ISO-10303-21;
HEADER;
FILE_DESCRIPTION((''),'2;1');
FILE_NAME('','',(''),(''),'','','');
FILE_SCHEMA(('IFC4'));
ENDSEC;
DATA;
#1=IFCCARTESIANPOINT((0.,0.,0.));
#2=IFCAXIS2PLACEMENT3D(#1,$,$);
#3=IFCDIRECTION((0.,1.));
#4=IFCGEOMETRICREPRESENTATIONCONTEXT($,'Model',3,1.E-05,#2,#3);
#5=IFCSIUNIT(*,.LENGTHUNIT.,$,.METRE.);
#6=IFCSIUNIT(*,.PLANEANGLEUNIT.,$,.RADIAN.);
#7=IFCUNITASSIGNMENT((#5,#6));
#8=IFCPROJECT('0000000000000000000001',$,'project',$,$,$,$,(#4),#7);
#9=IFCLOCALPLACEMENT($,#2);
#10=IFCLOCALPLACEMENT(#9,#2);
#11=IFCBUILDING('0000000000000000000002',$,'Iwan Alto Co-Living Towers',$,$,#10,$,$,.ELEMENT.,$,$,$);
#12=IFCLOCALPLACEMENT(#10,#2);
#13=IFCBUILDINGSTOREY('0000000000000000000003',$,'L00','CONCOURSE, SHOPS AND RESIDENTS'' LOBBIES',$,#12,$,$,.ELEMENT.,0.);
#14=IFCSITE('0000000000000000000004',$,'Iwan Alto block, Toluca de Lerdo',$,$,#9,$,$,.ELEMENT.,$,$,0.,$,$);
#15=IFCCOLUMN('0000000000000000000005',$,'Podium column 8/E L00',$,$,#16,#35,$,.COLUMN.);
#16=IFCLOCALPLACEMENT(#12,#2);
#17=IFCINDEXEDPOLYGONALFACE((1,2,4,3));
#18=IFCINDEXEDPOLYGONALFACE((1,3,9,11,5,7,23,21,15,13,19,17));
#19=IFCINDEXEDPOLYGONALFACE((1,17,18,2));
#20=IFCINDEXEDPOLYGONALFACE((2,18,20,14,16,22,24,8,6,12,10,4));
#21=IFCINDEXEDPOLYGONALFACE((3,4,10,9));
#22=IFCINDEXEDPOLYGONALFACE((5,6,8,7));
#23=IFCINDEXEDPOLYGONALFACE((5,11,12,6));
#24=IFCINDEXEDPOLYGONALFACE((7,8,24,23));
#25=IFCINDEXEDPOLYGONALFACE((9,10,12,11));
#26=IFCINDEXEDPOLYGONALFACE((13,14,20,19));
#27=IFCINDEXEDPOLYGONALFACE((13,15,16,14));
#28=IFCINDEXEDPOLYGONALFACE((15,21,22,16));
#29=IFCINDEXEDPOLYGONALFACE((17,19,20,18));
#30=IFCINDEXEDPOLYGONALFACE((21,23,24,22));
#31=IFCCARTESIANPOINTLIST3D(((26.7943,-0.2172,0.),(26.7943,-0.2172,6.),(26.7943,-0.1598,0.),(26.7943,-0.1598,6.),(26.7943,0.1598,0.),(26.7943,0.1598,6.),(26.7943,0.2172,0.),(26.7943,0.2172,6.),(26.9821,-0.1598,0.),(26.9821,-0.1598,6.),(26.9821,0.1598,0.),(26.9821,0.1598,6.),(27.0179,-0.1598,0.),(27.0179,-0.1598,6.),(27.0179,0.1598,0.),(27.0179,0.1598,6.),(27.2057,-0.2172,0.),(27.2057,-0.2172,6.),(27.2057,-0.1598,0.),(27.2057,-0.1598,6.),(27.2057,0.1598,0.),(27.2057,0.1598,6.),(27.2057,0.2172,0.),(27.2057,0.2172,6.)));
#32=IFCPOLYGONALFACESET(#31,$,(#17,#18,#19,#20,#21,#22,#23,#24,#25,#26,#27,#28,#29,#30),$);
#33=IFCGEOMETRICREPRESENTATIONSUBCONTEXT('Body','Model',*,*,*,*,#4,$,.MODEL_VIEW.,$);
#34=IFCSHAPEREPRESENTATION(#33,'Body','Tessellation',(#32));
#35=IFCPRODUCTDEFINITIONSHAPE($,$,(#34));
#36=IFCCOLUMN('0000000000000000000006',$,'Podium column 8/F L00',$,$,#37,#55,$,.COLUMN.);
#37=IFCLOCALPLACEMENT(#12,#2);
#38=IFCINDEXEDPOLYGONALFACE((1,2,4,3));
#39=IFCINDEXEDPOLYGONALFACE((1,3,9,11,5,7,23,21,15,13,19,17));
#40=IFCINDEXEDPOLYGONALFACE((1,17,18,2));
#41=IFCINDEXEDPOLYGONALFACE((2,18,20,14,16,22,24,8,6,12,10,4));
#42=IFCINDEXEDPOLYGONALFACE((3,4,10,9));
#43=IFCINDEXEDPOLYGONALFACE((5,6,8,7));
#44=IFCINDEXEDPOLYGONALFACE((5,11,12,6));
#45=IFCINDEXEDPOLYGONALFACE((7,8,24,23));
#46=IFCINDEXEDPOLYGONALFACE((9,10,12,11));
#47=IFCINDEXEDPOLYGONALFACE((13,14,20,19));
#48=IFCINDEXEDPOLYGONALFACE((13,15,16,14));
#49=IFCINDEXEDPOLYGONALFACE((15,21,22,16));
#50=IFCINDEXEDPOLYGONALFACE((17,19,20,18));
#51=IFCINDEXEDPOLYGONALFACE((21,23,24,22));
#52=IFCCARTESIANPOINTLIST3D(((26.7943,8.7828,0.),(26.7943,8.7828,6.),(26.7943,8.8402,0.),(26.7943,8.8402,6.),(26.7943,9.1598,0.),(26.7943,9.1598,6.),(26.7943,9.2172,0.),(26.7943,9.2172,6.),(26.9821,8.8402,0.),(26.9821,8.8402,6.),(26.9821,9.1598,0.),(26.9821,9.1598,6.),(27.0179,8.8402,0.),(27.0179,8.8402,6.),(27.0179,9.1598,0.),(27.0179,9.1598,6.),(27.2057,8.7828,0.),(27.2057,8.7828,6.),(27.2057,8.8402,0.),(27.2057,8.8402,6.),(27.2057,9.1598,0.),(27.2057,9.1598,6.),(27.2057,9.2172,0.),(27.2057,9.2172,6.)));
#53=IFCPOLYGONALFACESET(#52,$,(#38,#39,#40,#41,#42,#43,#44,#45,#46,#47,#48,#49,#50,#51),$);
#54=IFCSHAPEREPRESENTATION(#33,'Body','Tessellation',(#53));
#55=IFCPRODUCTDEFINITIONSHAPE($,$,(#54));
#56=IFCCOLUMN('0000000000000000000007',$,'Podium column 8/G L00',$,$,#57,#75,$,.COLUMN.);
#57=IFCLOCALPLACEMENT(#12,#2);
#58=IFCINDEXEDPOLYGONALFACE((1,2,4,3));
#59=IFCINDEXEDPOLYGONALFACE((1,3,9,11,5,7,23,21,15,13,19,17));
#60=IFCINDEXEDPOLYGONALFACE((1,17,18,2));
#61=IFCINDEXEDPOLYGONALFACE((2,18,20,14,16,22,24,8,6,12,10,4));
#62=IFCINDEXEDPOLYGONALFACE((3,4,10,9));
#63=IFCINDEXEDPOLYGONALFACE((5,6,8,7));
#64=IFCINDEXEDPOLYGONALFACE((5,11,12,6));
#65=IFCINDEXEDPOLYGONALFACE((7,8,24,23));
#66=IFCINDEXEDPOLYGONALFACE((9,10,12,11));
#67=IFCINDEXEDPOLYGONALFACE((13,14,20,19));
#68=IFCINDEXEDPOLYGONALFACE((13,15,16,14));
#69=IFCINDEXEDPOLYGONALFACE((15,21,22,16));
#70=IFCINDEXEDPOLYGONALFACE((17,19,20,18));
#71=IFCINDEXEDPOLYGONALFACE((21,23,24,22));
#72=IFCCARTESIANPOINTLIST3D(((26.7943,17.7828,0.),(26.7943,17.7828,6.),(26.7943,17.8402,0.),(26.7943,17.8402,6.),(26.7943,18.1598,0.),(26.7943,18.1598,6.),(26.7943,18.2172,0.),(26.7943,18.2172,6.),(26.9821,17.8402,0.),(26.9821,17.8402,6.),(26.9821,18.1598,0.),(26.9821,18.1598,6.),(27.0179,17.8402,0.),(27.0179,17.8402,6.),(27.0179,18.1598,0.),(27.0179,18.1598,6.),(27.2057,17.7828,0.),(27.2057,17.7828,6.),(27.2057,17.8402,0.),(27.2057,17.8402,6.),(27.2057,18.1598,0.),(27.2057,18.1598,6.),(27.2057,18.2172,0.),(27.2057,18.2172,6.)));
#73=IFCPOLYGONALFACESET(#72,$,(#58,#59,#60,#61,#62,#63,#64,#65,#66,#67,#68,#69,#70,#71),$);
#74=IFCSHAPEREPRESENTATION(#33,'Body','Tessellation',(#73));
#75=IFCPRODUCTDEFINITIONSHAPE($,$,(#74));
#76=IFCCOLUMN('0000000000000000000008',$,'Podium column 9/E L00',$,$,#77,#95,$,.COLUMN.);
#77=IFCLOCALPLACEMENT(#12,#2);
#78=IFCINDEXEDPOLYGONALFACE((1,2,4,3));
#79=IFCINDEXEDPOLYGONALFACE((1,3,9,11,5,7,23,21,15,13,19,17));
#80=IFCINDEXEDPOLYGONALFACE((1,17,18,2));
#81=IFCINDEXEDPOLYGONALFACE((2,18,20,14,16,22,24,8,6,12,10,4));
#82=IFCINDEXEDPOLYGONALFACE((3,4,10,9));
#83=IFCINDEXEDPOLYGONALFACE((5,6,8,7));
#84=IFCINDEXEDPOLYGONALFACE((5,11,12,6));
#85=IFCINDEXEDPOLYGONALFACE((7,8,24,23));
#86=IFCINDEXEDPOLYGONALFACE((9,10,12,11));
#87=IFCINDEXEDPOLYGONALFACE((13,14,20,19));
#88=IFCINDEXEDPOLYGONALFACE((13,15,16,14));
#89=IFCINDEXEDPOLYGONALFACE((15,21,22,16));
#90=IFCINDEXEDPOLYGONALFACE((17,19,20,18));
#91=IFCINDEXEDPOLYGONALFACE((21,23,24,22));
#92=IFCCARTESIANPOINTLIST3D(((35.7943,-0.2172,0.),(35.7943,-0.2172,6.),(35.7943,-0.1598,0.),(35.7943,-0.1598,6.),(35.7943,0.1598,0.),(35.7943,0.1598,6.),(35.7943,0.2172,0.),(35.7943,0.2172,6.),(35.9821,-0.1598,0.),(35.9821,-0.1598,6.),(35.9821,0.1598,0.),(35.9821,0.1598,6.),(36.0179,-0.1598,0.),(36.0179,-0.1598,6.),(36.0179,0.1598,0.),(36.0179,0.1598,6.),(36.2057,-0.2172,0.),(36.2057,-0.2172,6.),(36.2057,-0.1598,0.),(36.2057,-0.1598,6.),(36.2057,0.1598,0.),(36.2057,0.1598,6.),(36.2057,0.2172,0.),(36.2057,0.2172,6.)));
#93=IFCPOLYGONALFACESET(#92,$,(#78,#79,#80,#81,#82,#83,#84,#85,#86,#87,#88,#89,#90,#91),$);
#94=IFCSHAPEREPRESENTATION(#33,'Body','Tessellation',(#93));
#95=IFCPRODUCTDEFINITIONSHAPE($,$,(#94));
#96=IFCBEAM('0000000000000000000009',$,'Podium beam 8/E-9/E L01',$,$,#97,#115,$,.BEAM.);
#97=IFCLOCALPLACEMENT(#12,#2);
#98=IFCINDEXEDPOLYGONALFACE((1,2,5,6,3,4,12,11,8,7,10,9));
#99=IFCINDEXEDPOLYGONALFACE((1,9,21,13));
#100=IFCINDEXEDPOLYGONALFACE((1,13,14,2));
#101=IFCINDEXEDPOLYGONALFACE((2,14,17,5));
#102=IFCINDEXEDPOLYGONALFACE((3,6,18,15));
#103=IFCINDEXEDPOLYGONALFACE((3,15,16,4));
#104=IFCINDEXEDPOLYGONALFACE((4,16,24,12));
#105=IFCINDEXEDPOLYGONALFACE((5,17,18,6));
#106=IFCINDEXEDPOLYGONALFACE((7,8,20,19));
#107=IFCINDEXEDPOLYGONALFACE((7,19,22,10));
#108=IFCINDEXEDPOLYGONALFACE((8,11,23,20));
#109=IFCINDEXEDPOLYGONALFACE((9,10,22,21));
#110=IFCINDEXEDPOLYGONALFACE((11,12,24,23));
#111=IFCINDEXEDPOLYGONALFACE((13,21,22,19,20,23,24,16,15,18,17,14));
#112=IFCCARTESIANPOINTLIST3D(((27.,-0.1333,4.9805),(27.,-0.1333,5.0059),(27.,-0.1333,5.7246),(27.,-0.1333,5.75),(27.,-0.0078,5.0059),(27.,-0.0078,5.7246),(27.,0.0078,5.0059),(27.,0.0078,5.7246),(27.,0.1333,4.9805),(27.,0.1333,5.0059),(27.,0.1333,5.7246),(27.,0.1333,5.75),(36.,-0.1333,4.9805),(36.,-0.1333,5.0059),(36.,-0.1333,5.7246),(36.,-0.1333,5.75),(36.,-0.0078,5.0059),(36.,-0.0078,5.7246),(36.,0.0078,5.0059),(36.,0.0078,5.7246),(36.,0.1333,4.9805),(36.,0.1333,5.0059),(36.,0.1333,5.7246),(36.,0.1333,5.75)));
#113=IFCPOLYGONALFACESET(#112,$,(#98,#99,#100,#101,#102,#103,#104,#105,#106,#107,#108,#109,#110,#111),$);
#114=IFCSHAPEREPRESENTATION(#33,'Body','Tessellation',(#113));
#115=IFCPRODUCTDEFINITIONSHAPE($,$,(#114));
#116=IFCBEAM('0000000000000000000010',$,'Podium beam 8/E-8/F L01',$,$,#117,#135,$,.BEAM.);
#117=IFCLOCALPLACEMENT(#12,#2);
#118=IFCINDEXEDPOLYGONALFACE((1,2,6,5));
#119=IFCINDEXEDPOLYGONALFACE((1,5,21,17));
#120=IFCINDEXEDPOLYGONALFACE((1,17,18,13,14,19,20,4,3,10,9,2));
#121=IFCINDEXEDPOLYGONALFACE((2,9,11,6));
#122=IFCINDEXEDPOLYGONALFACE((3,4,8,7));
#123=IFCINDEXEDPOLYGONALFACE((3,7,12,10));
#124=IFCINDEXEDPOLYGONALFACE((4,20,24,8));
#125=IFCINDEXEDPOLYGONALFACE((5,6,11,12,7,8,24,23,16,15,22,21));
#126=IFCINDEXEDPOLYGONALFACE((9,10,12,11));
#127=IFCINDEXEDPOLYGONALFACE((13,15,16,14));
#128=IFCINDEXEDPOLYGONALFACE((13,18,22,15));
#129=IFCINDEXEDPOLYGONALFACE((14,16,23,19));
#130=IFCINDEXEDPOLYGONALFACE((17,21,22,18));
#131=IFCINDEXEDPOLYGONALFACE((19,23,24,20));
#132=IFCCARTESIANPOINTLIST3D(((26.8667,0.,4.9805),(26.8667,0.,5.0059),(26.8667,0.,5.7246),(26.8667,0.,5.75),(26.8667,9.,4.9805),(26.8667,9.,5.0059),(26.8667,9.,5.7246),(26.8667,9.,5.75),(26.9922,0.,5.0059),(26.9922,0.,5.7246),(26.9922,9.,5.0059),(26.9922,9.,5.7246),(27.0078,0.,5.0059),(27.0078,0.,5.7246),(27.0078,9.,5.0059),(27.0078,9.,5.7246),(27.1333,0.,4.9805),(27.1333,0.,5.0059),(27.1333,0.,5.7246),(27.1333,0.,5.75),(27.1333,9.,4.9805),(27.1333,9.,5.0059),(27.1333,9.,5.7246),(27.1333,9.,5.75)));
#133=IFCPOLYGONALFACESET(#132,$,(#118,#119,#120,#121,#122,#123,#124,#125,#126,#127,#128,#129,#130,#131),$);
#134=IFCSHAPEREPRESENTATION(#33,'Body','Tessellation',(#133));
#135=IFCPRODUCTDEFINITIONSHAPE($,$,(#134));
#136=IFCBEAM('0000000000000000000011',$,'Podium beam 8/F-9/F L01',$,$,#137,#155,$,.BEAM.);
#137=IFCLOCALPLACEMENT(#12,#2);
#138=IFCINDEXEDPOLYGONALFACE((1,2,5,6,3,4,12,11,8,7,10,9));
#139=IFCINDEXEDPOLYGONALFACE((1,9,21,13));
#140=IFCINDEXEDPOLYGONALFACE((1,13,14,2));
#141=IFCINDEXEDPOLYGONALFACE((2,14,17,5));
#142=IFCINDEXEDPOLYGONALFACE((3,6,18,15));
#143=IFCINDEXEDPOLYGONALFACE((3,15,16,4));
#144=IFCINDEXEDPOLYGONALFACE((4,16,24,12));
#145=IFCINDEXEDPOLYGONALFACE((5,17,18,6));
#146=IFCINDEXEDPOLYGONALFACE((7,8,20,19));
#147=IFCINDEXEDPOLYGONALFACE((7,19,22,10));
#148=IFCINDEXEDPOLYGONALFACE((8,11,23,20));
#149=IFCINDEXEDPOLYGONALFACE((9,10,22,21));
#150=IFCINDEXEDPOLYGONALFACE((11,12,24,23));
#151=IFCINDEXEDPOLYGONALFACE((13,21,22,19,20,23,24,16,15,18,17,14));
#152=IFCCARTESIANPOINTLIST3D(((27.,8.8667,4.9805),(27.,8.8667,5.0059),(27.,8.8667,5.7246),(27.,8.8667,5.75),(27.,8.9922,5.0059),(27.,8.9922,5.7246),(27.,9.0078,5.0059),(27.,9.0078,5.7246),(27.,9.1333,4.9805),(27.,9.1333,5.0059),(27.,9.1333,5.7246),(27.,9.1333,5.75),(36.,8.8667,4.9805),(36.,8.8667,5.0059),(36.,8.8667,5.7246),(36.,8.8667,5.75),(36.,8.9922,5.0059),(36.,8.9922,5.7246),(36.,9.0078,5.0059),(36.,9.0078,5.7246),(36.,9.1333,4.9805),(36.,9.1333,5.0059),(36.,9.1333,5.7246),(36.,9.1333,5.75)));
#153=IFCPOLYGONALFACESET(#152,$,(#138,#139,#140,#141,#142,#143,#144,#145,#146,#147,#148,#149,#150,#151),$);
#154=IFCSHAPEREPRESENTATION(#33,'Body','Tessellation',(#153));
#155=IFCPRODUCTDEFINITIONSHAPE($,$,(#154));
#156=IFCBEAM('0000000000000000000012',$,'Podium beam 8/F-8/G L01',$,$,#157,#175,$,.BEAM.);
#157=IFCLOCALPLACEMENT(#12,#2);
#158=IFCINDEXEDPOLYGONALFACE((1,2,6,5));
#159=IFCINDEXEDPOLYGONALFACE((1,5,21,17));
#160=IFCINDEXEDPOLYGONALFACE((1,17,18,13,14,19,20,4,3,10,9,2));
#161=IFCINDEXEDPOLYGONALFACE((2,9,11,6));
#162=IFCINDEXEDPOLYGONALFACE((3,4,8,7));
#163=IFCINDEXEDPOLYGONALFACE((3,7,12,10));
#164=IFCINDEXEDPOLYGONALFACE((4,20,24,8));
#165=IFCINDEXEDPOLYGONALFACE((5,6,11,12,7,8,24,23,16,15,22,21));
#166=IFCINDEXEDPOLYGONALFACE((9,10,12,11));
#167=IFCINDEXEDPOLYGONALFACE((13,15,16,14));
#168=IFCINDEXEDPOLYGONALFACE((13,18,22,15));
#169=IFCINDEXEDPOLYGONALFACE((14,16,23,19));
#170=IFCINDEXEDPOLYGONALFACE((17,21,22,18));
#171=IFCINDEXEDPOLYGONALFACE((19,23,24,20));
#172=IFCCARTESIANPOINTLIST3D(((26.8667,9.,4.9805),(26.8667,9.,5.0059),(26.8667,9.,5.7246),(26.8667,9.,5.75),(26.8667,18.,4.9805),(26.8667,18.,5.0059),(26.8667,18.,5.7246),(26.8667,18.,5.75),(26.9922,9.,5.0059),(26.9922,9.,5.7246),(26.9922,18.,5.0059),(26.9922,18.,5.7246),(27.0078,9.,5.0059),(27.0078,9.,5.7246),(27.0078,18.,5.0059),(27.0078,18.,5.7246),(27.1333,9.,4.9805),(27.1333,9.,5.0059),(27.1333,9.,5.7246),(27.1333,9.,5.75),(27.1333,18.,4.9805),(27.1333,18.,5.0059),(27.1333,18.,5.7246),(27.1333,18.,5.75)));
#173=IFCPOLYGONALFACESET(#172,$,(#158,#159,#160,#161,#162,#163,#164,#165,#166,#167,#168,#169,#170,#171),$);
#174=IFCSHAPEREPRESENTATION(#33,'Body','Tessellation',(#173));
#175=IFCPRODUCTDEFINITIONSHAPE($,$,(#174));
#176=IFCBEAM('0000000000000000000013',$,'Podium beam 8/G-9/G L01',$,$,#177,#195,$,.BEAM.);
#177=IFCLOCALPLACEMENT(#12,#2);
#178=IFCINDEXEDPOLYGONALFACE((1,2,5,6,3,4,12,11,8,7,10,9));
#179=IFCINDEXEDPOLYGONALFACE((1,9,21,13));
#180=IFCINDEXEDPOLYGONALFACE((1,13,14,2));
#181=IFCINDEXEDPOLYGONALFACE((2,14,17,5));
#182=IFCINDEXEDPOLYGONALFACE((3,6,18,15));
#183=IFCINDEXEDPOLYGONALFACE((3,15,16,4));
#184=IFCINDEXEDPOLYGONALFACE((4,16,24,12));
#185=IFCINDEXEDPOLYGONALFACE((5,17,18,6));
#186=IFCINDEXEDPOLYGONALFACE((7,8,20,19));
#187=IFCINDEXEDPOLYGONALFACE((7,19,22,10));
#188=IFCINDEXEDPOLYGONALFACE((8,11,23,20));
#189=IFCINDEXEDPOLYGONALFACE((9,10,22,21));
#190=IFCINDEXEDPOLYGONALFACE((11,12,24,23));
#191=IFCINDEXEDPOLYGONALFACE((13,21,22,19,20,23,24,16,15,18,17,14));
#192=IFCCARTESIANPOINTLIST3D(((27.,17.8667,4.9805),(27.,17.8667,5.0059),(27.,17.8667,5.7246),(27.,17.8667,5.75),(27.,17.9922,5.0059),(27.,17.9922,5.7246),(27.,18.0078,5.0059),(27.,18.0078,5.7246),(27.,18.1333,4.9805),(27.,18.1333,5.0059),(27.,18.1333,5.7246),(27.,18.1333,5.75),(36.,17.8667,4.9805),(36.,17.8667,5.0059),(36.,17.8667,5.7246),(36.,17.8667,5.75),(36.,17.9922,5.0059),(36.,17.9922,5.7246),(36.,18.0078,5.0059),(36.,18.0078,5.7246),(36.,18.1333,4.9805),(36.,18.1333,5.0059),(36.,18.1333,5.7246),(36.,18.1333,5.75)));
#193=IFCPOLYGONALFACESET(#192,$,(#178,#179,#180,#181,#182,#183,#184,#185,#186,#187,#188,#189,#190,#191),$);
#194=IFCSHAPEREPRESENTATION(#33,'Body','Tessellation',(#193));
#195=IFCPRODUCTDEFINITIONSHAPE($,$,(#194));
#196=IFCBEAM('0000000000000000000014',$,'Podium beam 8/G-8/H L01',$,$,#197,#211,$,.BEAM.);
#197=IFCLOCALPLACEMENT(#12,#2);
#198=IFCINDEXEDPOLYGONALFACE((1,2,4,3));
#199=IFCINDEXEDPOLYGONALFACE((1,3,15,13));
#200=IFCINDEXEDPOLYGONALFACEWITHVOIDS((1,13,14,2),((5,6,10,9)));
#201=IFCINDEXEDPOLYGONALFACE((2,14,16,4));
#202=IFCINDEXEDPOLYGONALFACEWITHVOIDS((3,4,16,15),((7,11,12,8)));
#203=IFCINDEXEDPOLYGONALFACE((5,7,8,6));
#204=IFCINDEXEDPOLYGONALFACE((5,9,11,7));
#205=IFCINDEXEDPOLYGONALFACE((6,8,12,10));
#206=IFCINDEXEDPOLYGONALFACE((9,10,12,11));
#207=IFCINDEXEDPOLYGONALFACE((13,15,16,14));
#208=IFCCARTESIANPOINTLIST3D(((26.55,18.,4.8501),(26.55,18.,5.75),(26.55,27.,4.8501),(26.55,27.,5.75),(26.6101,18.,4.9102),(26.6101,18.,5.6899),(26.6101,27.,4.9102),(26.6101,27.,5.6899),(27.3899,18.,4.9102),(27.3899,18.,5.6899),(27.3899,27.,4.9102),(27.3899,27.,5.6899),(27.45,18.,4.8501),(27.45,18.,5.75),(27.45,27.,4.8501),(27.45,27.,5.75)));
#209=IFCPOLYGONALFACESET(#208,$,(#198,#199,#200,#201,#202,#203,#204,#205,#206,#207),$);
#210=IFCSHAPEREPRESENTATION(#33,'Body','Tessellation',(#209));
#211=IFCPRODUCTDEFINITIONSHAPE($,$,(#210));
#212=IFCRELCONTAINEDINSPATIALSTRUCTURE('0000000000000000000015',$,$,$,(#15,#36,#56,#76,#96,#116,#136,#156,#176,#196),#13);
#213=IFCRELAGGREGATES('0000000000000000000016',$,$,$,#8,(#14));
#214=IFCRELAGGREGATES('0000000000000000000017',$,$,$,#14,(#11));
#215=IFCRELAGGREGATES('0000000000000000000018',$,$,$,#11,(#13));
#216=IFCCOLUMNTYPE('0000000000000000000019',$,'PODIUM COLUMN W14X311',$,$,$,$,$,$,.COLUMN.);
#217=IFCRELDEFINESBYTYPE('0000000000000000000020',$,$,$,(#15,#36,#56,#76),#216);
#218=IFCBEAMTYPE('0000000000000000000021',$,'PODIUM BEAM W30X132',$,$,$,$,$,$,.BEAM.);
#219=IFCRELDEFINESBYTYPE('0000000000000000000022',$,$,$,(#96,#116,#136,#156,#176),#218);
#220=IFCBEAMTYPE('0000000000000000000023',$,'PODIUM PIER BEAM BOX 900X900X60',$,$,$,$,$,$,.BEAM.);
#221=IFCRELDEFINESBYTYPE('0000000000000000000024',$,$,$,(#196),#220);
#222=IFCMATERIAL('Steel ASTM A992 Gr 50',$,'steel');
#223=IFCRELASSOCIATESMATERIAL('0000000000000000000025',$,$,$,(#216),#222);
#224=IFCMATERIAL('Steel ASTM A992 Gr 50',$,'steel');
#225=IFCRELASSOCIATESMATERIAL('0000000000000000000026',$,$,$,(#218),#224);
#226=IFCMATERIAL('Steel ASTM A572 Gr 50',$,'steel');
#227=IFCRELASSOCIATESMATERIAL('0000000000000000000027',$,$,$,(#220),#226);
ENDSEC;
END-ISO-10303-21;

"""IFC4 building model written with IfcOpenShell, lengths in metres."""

from ifc_helpers import new_model, si_unit, direction, frame, origin, origin_2d, place, context, subcontext, project, spatial, hollow_rectangle, i_section, extrude, material, material_profile, profile_set, type_object, element, save


model = new_model("IFC4")

# Units and contexts
model_context = context("Model", 3, precision=1e-05, world=origin(), true_north=direction((0.0, 1.0)))
body_context = subcontext(model_context, "Body", "Model", "MODEL_VIEW")
ifc_project = project(units=[si_unit("LENGTHUNIT", "METRE"), si_unit("PLANEANGLEUNIT", "RADIAN")], contexts=[model_context])

# Site, building, storey
site_placement = place(None, origin())
site = spatial("IfcSite", under=ifc_project, at=site_placement, Name="Iwan Alto block, Toluca de Lerdo", CompositionType="ELEMENT", RefElevation=0.0)
building_placement = place(site_placement, origin())
building = spatial("IfcBuilding", under=site, at=building_placement, Name="Iwan Alto Co-Living Towers", CompositionType="ELEMENT")
storey_placement = place(building_placement, origin())
storey = spatial("IfcBuildingStorey", under=building, at=storey_placement, Name="L00", Description="CONCOURSE, SHOPS AND RESIDENTS' LOBBIES", CompositionType="ELEMENT", Elevation=0.0)

# Columns
ifc_material_1 = material(Name="Steel ASTM A992 Gr 50", Category="steel")
ifc_material_profile_1 = material_profile(ifc_material_1, i_section(OverallWidth=0.4114, OverallDepth=0.4343, WebThickness=0.0359, FlangeThickness=0.0574, at=origin_2d()), Name="W14X311")
ifc_profile_set_1 = profile_set([ifc_material_profile_1], Name="Steel ASTM A992 Gr 50")
column_type = type_object("IfcColumnType", Name="PODIUM COLUMN W14X311", PredefinedType="COLUMN", material=ifc_profile_set_1)
for number, where, z_axis, x_axis, name in (
    (1, (27.0, 0.0, 0.0), (0.0, 0.0, 1.0), (1.0, 0.0, 0.0), "Podium column 8/E L00"),
    (2, (27.0, 9.0, 0.0), (0.0, 0.0, 1.0), (1.0, 0.0, 0.0), "Podium column 8/F L00"),
    (3, (27.0, 18.0, 0.0), (0.0, 0.0, 1.0), (1.0, 0.0, 0.0), "Podium column 8/G L00"),
    (4, (36.0, 0.0, 0.0), (0.0, 0.0, 1.0), (1.0, 0.0, 0.0), "Podium column 9/E L00"),
):
    element("IfcColumn", number, at=place(storey_placement, frame(where, z_axis=z_axis, x_axis=x_axis)), inside=storey, type_object=column_type, Name=name, PredefinedType="COLUMN", context=body_context, shape_type="SweptSolid", body=[
        extrude(i_section(OverallWidth=0.4114, OverallDepth=0.4343, WebThickness=0.0359, FlangeThickness=0.0574, at=origin_2d()), origin(), (0.0, 0.0, 1.0), 6.0),
    ])

# Beams
ifc_material_2 = material(Name="Steel ASTM A992 Gr 50", Category="steel")
ifc_material_profile_2 = material_profile(ifc_material_2, i_section(OverallWidth=0.2666, OverallDepth=0.7695, WebThickness=0.0156, FlangeThickness=0.0254, at=origin_2d()), Name="W30X132")
ifc_profile_set_2 = profile_set([ifc_material_profile_2], Name="Steel ASTM A992 Gr 50")
beam_type_1 = type_object("IfcBeamType", Name="PODIUM BEAM W30X132", PredefinedType="BEAM", material=ifc_profile_set_2)
for number, where, z_axis, x_axis, name in (
    (5, (27.0, 0.0, 5.3652), (1.0, 0.0, 0.0), (0.0, 1.0, 0.0), "Podium beam 8/E-9/E L01"),
    (6, (27.0, 0.0, 5.3652), (0.0, 1.0, 0.0), (-1.0, 0.0, 0.0), "Podium beam 8/E-8/F L01"),
    (7, (27.0, 9.0, 5.3652), (1.0, 0.0, 0.0), (0.0, 1.0, 0.0), "Podium beam 8/F-9/F L01"),
    (8, (27.0, 9.0, 5.3652), (0.0, 1.0, 0.0), (-1.0, 0.0, 0.0), "Podium beam 8/F-8/G L01"),
    (9, (27.0, 18.0, 5.3652), (1.0, 0.0, 0.0), (0.0, 1.0, 0.0), "Podium beam 8/G-9/G L01"),
):
    element("IfcBeam", number, at=place(storey_placement, frame(where, z_axis=z_axis, x_axis=x_axis)), inside=storey, type_object=beam_type_1, Name=name, PredefinedType="BEAM", context=body_context, shape_type="SweptSolid", body=[
        extrude(i_section(OverallWidth=0.2666, OverallDepth=0.7695, WebThickness=0.0156, FlangeThickness=0.0254, at=origin_2d()), origin(), (0.0, 0.0, 1.0), 9.0),
    ])
ifc_material_3 = material(Name="Steel ASTM A572 Gr 50", Category="steel")
ifc_material_profile_3 = material_profile(ifc_material_3, hollow_rectangle(XDim=0.8999, YDim=0.8999, WallThickness=0.0601, at=origin_2d()), Name="BOX 900X900X60")
ifc_profile_set_3 = profile_set([ifc_material_profile_3], Name="Steel ASTM A572 Gr 50")
beam_type_2 = type_object("IfcBeamType", Name="PODIUM PIER BEAM BOX 900X900X60", PredefinedType="BEAM", material=ifc_profile_set_3)
beam_placement = place(storey_placement, frame((27.0, 18.0, 5.3), z_axis=(0.0, 1.0, 0.0), x_axis=(-1.0, 0.0, 0.0)))
element("IfcBeam", 10, at=beam_placement, inside=storey, type_object=beam_type_2, Name="Podium beam 8/G-8/H L01", PredefinedType="BEAM", context=body_context, shape_type="SweptSolid", body=[
    extrude(hollow_rectangle(XDim=0.8999, YDim=0.8999, WallThickness=0.0601, at=origin_2d()), origin(), (0.0, 0.0, 1.0), 9.0),
])

save(model, "model.ifc")
